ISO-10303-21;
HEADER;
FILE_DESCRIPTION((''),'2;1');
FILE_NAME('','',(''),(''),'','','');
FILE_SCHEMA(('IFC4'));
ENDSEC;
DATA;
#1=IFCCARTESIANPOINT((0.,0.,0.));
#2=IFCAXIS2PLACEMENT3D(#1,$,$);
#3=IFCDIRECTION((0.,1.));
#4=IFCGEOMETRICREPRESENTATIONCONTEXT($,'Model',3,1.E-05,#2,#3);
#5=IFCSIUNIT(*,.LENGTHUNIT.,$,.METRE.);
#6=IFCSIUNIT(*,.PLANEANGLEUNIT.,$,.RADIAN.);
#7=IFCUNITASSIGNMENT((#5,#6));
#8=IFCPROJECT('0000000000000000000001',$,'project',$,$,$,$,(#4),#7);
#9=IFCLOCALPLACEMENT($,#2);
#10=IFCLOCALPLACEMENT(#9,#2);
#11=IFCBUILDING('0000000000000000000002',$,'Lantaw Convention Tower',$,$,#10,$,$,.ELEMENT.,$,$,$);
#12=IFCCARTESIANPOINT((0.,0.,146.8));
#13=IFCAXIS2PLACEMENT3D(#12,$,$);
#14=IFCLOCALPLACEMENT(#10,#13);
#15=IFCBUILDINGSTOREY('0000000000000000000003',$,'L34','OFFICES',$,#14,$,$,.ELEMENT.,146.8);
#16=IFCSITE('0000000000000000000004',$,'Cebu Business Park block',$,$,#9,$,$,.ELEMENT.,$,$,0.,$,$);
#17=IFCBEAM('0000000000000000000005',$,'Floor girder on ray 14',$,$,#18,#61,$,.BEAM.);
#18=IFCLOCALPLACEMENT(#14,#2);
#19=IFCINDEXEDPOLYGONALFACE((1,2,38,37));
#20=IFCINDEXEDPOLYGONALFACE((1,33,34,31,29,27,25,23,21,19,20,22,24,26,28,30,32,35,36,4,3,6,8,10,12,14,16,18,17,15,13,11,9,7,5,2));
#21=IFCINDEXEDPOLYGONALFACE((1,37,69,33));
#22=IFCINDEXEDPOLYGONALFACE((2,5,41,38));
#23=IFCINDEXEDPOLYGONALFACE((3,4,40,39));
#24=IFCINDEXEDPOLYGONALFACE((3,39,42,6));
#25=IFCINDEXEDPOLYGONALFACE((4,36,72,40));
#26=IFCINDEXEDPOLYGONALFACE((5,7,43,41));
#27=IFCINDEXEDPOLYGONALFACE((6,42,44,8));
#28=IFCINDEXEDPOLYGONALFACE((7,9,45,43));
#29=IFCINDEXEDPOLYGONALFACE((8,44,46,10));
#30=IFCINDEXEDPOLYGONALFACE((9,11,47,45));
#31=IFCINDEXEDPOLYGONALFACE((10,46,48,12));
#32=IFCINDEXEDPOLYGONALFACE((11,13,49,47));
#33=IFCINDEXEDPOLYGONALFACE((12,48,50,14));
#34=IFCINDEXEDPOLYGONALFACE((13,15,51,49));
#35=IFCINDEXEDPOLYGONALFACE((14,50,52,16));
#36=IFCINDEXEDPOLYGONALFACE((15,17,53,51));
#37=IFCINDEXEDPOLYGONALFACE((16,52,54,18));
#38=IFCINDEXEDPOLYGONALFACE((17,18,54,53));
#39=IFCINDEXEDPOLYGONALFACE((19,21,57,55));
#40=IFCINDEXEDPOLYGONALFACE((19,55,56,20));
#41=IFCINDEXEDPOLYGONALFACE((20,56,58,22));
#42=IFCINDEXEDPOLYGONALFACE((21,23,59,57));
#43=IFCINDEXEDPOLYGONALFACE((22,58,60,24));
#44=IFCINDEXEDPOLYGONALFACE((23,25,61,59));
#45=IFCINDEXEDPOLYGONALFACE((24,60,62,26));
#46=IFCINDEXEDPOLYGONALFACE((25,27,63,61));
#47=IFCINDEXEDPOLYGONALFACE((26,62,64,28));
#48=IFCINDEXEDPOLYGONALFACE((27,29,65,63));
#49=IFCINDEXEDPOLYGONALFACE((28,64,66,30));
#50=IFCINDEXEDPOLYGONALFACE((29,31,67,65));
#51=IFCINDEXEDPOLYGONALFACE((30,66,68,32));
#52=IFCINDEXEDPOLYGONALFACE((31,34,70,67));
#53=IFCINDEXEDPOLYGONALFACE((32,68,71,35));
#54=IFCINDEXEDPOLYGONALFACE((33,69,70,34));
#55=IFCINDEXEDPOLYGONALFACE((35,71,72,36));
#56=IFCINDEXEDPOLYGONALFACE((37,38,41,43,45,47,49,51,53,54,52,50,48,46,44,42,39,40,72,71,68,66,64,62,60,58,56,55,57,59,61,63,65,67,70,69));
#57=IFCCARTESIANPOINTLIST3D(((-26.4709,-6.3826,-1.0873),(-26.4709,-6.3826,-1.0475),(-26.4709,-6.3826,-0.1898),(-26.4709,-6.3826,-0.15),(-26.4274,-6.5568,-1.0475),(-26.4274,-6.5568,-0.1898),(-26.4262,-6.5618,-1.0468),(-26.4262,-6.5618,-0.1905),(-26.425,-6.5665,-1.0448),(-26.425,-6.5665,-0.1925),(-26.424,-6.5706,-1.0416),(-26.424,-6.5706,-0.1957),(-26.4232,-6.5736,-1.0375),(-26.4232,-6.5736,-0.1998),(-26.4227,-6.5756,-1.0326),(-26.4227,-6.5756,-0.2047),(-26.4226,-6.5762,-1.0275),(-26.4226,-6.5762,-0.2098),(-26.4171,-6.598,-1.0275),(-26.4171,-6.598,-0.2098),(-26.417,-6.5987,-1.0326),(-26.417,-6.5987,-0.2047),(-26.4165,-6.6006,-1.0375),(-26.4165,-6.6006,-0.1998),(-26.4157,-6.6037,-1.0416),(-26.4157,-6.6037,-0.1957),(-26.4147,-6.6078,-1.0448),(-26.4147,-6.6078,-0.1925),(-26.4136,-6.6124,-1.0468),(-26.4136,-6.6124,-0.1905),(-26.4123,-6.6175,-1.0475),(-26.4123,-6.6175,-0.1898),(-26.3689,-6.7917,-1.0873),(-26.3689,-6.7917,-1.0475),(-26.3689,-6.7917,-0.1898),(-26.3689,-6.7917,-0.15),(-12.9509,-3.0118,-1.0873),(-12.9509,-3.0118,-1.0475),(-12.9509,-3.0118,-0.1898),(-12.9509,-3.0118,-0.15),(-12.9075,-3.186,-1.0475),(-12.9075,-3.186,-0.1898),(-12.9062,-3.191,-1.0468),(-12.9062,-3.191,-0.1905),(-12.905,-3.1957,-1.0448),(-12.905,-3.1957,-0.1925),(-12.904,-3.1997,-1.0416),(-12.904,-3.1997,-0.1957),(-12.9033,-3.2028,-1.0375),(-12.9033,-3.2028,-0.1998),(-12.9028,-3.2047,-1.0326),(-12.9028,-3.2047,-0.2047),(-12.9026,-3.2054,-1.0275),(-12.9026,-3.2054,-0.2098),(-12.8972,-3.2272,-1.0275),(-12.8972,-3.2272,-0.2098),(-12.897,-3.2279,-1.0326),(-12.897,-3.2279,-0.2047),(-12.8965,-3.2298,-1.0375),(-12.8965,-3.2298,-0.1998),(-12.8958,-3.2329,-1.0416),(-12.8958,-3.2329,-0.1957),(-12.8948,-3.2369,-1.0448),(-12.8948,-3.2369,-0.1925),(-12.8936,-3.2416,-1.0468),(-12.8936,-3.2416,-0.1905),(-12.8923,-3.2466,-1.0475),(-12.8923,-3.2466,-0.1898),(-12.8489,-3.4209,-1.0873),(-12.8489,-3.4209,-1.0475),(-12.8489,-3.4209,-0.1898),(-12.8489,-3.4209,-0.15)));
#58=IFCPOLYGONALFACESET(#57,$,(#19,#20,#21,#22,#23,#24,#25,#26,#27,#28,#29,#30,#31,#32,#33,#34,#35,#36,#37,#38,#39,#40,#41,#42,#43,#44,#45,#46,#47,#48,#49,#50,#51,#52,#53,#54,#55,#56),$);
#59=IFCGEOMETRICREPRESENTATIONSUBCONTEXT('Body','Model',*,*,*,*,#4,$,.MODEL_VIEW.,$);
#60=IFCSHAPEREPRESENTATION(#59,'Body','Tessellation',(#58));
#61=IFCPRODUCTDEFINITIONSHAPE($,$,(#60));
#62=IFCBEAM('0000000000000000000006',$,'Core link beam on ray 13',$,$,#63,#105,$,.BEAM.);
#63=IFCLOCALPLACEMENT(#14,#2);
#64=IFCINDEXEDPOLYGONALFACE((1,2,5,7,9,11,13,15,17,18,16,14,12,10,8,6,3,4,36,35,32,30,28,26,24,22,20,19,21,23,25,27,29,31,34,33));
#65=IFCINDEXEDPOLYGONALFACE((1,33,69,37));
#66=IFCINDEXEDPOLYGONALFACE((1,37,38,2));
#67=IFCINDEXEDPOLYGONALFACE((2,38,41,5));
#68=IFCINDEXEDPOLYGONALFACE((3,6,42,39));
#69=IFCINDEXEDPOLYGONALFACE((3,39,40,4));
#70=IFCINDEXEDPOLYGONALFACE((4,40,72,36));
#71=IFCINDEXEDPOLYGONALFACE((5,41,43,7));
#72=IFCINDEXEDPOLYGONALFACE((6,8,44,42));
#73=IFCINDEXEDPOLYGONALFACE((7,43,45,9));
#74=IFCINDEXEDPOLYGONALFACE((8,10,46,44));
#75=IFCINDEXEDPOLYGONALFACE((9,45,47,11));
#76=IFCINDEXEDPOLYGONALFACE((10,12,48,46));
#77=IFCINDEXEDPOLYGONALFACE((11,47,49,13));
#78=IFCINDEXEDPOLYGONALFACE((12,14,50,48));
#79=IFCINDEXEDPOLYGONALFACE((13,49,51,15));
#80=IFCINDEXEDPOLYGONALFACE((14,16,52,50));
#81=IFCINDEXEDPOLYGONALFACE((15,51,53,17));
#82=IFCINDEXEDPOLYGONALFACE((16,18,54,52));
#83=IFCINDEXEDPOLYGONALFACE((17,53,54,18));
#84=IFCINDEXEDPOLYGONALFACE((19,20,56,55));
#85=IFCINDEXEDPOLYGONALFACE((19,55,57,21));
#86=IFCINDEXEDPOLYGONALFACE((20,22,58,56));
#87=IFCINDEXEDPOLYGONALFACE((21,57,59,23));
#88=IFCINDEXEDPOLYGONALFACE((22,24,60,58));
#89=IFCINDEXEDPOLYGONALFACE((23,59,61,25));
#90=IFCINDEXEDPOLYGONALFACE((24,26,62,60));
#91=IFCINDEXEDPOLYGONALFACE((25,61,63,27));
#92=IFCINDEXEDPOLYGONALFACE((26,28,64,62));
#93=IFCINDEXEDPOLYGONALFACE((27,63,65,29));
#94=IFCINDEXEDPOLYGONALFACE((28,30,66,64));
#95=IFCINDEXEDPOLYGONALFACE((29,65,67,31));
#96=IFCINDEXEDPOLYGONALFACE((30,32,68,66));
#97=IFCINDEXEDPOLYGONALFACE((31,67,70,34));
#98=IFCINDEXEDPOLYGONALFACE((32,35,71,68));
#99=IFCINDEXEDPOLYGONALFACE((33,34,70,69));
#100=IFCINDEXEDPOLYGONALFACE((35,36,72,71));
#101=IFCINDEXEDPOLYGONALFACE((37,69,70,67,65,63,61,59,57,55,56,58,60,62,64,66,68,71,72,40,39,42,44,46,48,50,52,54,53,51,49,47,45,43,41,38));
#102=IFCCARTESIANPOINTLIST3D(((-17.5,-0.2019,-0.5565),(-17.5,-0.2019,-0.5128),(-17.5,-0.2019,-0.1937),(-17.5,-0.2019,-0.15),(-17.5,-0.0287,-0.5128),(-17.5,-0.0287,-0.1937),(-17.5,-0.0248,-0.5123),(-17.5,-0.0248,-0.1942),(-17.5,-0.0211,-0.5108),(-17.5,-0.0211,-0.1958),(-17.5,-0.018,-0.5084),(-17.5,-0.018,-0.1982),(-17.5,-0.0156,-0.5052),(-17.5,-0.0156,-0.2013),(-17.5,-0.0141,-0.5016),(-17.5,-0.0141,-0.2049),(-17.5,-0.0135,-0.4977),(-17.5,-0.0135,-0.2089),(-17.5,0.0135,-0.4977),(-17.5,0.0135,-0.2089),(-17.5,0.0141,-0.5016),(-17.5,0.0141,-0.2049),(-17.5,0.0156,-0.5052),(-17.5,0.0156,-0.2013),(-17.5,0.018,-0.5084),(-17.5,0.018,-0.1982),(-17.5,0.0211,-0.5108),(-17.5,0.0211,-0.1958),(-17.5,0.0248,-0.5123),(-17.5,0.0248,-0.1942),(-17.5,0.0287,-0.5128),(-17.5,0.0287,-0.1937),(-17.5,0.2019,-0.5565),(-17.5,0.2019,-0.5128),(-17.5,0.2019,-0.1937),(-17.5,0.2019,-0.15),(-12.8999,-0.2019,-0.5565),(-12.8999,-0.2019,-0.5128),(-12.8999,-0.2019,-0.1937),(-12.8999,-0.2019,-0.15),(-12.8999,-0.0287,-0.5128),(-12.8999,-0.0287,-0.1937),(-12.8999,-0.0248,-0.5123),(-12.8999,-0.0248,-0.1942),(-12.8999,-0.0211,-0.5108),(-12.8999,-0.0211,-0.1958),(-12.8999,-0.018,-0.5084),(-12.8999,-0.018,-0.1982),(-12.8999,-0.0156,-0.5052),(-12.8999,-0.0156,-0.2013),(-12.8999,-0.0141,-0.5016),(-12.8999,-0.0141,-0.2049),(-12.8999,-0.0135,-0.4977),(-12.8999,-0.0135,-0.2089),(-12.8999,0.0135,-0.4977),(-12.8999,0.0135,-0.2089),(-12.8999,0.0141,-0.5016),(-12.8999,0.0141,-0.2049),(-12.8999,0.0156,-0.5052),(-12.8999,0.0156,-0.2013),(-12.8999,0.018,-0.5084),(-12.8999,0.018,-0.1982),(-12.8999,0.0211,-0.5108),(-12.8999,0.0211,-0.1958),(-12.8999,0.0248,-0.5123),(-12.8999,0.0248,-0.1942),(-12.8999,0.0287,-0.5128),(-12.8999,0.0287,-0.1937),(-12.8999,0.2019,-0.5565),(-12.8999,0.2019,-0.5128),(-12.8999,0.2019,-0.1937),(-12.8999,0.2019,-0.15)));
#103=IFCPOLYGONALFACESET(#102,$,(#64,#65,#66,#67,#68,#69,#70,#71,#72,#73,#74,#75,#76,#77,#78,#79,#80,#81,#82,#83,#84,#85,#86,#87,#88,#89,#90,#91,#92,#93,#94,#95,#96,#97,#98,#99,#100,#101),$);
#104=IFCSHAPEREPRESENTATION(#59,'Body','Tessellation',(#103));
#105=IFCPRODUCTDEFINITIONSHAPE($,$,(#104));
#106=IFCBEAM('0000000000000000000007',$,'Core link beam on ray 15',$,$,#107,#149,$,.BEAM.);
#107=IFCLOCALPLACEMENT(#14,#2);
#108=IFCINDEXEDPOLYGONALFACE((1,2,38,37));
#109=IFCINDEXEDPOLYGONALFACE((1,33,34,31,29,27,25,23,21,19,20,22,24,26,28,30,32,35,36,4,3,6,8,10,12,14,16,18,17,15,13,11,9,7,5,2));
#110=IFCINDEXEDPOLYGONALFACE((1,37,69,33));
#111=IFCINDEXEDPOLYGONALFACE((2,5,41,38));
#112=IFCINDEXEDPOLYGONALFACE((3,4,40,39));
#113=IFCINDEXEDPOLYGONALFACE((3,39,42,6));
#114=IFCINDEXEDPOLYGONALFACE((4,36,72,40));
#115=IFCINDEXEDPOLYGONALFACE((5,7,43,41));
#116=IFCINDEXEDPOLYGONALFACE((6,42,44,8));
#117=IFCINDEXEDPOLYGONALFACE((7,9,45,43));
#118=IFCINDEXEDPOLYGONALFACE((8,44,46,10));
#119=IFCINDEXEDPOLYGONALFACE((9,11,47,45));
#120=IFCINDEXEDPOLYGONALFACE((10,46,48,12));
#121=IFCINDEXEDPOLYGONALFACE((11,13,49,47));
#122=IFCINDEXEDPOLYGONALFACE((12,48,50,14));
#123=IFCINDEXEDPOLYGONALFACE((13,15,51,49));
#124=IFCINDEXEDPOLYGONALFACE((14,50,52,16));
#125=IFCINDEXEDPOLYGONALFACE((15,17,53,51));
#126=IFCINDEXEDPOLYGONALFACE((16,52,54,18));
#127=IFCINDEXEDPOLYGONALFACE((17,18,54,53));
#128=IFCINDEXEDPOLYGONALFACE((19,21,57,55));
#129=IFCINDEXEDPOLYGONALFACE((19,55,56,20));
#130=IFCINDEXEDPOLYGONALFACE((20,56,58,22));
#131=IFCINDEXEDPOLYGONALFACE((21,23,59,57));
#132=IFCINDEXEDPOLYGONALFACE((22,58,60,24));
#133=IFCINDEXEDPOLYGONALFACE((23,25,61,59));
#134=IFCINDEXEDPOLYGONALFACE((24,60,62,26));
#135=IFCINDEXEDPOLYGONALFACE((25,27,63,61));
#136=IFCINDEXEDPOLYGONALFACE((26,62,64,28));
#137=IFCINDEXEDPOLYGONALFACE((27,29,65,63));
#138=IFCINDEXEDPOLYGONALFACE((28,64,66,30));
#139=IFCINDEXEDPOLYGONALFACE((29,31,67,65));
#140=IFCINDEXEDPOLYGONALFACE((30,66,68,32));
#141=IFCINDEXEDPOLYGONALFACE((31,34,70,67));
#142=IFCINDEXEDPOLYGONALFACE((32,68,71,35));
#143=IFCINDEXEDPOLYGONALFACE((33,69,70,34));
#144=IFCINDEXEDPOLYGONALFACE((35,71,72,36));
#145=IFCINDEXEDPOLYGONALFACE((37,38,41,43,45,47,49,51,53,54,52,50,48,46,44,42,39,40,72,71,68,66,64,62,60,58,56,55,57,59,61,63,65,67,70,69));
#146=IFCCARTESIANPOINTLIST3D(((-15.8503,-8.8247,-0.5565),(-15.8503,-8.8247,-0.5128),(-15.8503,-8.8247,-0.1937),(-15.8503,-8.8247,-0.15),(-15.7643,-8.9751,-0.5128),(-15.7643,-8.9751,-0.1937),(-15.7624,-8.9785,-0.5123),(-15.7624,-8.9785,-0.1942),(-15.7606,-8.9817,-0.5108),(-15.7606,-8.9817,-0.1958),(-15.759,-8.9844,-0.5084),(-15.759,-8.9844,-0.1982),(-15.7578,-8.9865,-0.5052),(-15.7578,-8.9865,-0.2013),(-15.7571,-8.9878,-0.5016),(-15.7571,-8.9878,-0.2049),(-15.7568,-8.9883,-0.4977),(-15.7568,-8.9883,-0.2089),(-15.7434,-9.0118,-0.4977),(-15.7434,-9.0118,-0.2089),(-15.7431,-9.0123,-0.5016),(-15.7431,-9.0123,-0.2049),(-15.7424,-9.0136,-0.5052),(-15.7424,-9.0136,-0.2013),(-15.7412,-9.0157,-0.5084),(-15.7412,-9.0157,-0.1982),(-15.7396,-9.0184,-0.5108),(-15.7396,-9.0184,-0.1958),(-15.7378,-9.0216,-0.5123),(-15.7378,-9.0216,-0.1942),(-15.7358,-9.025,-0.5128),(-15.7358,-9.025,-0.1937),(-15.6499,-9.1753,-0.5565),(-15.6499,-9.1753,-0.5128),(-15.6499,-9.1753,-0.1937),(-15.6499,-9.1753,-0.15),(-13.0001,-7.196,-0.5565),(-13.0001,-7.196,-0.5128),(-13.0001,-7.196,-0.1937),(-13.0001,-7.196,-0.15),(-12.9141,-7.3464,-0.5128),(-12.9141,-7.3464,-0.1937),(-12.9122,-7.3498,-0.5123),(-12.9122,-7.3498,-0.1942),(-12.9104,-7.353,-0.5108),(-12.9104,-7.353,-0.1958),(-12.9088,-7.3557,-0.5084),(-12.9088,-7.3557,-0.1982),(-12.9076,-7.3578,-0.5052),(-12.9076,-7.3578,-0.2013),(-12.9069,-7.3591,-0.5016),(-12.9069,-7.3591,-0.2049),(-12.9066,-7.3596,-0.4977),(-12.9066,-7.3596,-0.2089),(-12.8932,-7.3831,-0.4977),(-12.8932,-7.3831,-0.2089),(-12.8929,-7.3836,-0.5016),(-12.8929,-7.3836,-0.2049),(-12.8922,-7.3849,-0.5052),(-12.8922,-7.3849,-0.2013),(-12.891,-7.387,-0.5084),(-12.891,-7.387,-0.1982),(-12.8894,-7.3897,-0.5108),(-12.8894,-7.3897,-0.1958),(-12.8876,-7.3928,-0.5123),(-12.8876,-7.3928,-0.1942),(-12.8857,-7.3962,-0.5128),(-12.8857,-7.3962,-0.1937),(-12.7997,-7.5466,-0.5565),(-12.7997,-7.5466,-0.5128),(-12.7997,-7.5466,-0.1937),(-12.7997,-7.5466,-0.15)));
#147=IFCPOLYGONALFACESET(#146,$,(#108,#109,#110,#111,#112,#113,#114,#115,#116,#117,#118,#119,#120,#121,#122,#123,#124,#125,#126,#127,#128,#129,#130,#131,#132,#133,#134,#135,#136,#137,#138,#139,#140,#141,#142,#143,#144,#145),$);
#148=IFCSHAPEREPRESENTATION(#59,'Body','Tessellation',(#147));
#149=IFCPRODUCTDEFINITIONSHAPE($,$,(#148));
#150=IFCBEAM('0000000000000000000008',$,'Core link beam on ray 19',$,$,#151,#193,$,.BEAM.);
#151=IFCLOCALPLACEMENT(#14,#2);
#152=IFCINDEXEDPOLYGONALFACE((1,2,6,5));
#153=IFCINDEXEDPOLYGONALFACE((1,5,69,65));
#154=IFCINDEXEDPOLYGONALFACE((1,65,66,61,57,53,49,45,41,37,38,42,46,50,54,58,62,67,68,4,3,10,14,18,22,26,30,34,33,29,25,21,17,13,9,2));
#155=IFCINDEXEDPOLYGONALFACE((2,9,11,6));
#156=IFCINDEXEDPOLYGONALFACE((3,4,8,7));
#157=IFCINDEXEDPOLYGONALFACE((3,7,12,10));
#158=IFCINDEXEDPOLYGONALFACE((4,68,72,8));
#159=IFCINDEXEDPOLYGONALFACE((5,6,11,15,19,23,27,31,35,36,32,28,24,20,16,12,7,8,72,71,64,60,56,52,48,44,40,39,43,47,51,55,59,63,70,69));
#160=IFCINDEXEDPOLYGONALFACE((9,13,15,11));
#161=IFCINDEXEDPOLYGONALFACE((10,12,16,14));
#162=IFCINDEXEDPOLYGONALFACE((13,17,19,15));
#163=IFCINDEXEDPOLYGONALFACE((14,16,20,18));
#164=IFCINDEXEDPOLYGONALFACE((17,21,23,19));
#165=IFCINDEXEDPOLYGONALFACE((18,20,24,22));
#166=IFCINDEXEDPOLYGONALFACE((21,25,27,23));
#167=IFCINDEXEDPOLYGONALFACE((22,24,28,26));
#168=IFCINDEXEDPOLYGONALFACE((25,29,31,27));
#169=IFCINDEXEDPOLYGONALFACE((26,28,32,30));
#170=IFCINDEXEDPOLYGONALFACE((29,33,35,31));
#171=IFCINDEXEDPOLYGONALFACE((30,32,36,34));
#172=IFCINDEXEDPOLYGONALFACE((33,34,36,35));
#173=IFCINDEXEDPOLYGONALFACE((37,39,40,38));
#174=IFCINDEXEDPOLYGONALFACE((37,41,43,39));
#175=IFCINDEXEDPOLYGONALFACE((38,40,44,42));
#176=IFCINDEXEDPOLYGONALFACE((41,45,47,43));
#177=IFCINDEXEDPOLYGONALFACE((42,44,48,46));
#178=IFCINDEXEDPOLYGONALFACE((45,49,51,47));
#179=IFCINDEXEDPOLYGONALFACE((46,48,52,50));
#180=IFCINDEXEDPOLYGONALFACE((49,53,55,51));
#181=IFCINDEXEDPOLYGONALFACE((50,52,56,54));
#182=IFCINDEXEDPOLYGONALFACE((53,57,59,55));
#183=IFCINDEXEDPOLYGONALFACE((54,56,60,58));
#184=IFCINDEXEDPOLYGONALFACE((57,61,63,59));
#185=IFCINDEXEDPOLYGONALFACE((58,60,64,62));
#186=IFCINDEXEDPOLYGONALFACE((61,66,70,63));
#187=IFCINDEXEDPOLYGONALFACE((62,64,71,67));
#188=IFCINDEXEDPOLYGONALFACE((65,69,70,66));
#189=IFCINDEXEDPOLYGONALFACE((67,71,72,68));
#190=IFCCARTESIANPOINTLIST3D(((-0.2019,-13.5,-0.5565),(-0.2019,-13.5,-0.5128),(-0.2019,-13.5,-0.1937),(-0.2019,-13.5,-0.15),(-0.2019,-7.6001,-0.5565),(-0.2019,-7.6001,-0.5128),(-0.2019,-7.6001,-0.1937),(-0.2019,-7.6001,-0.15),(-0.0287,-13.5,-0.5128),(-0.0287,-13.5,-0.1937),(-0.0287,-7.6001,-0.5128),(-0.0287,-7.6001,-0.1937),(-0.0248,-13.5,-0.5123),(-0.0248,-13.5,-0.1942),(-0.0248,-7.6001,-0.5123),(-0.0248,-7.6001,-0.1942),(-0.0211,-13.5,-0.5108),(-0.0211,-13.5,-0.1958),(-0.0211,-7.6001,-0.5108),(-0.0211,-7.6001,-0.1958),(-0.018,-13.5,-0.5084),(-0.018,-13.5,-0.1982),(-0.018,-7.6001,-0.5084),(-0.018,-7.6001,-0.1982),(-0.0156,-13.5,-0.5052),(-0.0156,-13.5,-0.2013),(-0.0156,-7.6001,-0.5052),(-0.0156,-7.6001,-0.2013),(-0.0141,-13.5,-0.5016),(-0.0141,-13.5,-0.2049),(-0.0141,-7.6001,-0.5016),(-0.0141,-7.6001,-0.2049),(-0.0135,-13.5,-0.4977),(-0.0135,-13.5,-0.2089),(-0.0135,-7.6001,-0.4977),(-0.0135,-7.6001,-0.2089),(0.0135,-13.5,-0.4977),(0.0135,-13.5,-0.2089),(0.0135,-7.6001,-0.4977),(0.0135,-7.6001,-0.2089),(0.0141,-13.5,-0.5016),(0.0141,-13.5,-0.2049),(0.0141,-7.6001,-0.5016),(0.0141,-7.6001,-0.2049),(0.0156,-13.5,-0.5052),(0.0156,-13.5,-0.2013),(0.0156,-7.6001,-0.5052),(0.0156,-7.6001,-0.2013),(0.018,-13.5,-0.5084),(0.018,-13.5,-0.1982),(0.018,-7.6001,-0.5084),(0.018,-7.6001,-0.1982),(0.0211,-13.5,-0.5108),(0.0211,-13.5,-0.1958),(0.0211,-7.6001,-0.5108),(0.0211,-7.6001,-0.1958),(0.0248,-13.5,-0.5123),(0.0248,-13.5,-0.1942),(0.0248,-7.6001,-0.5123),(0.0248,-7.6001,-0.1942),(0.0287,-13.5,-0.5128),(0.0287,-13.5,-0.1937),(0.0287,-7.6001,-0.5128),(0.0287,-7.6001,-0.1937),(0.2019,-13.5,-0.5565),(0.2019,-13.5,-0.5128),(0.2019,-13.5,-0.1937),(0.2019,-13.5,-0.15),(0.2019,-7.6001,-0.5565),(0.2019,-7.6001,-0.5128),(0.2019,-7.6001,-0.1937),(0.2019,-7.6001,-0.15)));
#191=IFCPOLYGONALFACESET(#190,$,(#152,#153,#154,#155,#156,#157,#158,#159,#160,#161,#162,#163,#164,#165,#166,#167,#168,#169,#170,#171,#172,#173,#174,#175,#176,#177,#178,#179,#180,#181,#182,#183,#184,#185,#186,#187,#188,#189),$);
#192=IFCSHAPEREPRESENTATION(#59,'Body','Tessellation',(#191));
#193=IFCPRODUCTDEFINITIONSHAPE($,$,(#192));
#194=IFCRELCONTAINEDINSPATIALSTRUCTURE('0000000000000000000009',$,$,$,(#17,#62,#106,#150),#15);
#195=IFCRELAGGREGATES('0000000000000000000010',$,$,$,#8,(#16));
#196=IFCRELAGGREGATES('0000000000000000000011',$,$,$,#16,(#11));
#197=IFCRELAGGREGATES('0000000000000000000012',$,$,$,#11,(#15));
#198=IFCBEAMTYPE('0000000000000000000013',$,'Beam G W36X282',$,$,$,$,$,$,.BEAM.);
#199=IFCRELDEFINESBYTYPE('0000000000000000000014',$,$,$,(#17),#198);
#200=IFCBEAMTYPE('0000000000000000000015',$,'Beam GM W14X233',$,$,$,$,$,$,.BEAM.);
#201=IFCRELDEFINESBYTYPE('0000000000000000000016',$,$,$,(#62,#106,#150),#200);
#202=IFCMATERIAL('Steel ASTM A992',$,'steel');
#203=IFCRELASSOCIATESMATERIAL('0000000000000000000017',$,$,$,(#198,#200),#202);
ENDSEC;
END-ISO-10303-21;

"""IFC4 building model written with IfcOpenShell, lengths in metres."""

from ifc_helpers import new_model, si_unit, direction, frame, origin, origin_2d, place, context, subcontext, project, spatial, i_section, extrude, material, material_profile, profile_set, type_object, element, save


model = new_model("IFC4")

# Units and contexts
model_context = context("Model", 3, precision=1e-05, world=origin(), true_north=direction((0.0, 1.0)))
body_context = subcontext(model_context, "Body", "Model", "MODEL_VIEW")
ifc_project = project(units=[si_unit("LENGTHUNIT", "METRE"), si_unit("PLANEANGLEUNIT", "RADIAN")], contexts=[model_context])

# Site, building, storey
site_placement = place(None, origin())
site = spatial("IfcSite", under=ifc_project, at=site_placement, Name="Cebu Business Park block", CompositionType="ELEMENT", RefElevation=0.0)
building_placement = place(site_placement, origin())
building = spatial("IfcBuilding", under=site, at=building_placement, Name="Lantaw Convention Tower", CompositionType="ELEMENT")
storey_placement = place(building_placement, frame((0.0, 0.0, 146.8)))
storey = spatial("IfcBuildingStorey", under=building, at=storey_placement, Name="L34", Description="OFFICES", CompositionType="ELEMENT", Elevation=146.8)

# Beams
ifc_material_1 = material(Name="Steel ASTM A992", Category="steel")
ifc_material_profile_1 = material_profile(ifc_material_1, i_section(OverallWidth=0.4216, OverallDepth=0.9373, WebThickness=0.0225, FlangeThickness=0.0398, FilletRadius=0.02, at=origin_2d()), Name="W36X282")
ifc_profile_set_1 = profile_set([ifc_material_profile_1], Name="Steel ASTM A992")
beam_type_1 = type_object("IfcBeamType", Name="Beam G W36X282", PredefinedType="BEAM", material=ifc_profile_set_1)
beam_1_placement = place(storey_placement, frame((-12.8999, -3.2163, -0.6187), z_axis=(-0.970297, -0.241917, 0.0), x_axis=(0.241917, -0.970297, 0.0)))
element("IfcBeam", 1, at=beam_1_placement, inside=storey, type_object=beam_type_1, Name="Floor girder on ray 14", PredefinedType="BEAM", context=body_context, shape_type="SweptSolid", body=[
    extrude(i_section(OverallWidth=0.4216, OverallDepth=0.9373, WebThickness=0.0225, FlangeThickness=0.0398, FilletRadius=0.02, at=origin_2d()), origin(), (0.0, 0.0, 1.0), 13.9338),
])
ifc_material_profile_2 = material_profile(ifc_material_1, i_section(OverallWidth=0.4038, OverallDepth=0.4065, WebThickness=0.0271, FlangeThickness=0.0437, FilletRadius=0.0151, at=origin_2d()), Name="W14X233")
ifc_profile_set_2 = profile_set([ifc_material_profile_2], Name="Steel ASTM A992")
beam_type_2 = type_object("IfcBeamType", Name="Beam GM W14X233", PredefinedType="BEAM", material=ifc_profile_set_2)
beam_2_placement = place(storey_placement, frame((-12.8999, 0.0, -0.3533), z_axis=(-1.0, 0.0, 0.0), x_axis=(0.0, -1.0, 0.0)))
element("IfcBeam", 2, at=beam_2_placement, inside=storey, type_object=beam_type_2, Name="Core link beam on ray 13", PredefinedType="BEAM", context=body_context, shape_type="SweptSolid", body=[
    extrude(i_section(OverallWidth=0.4038, OverallDepth=0.4065, WebThickness=0.0271, FlangeThickness=0.0437, FilletRadius=0.0151, at=origin_2d()), origin(), (0.0, 0.0, 1.0), 4.6001),
])
beam_3_placement = place(storey_placement, frame((-12.8999, -7.3713, -0.3533), z_axis=(-0.868239, -0.496147, 0.0), x_axis=(0.496147, -0.868239, 0.0)))
element("IfcBeam", 3, at=beam_3_placement, inside=storey, type_object=beam_type_2, Name="Core link beam on ray 15", PredefinedType="BEAM", context=body_context, shape_type="SweptSolid", body=[
    extrude(i_section(OverallWidth=0.4038, OverallDepth=0.4065, WebThickness=0.0271, FlangeThickness=0.0437, FilletRadius=0.0151, at=origin_2d()), origin(), (0.0, 0.0, 1.0), 3.2827),
])
beam_4_placement = place(storey_placement, frame((0.0, -7.6001, -0.3533), z_axis=(0.0, -1.0, 0.0), x_axis=(1.0, 0.0, 0.0)))
element("IfcBeam", 4, at=beam_4_placement, inside=storey, type_object=beam_type_2, Name="Core link beam on ray 19", PredefinedType="BEAM", context=body_context, shape_type="SweptSolid", body=[
    extrude(i_section(OverallWidth=0.4038, OverallDepth=0.4065, WebThickness=0.0271, FlangeThickness=0.0437, FilletRadius=0.0151, at=origin_2d()), origin(), (0.0, 0.0, 1.0), 5.8999),
])

save(model, "model.ifc")
